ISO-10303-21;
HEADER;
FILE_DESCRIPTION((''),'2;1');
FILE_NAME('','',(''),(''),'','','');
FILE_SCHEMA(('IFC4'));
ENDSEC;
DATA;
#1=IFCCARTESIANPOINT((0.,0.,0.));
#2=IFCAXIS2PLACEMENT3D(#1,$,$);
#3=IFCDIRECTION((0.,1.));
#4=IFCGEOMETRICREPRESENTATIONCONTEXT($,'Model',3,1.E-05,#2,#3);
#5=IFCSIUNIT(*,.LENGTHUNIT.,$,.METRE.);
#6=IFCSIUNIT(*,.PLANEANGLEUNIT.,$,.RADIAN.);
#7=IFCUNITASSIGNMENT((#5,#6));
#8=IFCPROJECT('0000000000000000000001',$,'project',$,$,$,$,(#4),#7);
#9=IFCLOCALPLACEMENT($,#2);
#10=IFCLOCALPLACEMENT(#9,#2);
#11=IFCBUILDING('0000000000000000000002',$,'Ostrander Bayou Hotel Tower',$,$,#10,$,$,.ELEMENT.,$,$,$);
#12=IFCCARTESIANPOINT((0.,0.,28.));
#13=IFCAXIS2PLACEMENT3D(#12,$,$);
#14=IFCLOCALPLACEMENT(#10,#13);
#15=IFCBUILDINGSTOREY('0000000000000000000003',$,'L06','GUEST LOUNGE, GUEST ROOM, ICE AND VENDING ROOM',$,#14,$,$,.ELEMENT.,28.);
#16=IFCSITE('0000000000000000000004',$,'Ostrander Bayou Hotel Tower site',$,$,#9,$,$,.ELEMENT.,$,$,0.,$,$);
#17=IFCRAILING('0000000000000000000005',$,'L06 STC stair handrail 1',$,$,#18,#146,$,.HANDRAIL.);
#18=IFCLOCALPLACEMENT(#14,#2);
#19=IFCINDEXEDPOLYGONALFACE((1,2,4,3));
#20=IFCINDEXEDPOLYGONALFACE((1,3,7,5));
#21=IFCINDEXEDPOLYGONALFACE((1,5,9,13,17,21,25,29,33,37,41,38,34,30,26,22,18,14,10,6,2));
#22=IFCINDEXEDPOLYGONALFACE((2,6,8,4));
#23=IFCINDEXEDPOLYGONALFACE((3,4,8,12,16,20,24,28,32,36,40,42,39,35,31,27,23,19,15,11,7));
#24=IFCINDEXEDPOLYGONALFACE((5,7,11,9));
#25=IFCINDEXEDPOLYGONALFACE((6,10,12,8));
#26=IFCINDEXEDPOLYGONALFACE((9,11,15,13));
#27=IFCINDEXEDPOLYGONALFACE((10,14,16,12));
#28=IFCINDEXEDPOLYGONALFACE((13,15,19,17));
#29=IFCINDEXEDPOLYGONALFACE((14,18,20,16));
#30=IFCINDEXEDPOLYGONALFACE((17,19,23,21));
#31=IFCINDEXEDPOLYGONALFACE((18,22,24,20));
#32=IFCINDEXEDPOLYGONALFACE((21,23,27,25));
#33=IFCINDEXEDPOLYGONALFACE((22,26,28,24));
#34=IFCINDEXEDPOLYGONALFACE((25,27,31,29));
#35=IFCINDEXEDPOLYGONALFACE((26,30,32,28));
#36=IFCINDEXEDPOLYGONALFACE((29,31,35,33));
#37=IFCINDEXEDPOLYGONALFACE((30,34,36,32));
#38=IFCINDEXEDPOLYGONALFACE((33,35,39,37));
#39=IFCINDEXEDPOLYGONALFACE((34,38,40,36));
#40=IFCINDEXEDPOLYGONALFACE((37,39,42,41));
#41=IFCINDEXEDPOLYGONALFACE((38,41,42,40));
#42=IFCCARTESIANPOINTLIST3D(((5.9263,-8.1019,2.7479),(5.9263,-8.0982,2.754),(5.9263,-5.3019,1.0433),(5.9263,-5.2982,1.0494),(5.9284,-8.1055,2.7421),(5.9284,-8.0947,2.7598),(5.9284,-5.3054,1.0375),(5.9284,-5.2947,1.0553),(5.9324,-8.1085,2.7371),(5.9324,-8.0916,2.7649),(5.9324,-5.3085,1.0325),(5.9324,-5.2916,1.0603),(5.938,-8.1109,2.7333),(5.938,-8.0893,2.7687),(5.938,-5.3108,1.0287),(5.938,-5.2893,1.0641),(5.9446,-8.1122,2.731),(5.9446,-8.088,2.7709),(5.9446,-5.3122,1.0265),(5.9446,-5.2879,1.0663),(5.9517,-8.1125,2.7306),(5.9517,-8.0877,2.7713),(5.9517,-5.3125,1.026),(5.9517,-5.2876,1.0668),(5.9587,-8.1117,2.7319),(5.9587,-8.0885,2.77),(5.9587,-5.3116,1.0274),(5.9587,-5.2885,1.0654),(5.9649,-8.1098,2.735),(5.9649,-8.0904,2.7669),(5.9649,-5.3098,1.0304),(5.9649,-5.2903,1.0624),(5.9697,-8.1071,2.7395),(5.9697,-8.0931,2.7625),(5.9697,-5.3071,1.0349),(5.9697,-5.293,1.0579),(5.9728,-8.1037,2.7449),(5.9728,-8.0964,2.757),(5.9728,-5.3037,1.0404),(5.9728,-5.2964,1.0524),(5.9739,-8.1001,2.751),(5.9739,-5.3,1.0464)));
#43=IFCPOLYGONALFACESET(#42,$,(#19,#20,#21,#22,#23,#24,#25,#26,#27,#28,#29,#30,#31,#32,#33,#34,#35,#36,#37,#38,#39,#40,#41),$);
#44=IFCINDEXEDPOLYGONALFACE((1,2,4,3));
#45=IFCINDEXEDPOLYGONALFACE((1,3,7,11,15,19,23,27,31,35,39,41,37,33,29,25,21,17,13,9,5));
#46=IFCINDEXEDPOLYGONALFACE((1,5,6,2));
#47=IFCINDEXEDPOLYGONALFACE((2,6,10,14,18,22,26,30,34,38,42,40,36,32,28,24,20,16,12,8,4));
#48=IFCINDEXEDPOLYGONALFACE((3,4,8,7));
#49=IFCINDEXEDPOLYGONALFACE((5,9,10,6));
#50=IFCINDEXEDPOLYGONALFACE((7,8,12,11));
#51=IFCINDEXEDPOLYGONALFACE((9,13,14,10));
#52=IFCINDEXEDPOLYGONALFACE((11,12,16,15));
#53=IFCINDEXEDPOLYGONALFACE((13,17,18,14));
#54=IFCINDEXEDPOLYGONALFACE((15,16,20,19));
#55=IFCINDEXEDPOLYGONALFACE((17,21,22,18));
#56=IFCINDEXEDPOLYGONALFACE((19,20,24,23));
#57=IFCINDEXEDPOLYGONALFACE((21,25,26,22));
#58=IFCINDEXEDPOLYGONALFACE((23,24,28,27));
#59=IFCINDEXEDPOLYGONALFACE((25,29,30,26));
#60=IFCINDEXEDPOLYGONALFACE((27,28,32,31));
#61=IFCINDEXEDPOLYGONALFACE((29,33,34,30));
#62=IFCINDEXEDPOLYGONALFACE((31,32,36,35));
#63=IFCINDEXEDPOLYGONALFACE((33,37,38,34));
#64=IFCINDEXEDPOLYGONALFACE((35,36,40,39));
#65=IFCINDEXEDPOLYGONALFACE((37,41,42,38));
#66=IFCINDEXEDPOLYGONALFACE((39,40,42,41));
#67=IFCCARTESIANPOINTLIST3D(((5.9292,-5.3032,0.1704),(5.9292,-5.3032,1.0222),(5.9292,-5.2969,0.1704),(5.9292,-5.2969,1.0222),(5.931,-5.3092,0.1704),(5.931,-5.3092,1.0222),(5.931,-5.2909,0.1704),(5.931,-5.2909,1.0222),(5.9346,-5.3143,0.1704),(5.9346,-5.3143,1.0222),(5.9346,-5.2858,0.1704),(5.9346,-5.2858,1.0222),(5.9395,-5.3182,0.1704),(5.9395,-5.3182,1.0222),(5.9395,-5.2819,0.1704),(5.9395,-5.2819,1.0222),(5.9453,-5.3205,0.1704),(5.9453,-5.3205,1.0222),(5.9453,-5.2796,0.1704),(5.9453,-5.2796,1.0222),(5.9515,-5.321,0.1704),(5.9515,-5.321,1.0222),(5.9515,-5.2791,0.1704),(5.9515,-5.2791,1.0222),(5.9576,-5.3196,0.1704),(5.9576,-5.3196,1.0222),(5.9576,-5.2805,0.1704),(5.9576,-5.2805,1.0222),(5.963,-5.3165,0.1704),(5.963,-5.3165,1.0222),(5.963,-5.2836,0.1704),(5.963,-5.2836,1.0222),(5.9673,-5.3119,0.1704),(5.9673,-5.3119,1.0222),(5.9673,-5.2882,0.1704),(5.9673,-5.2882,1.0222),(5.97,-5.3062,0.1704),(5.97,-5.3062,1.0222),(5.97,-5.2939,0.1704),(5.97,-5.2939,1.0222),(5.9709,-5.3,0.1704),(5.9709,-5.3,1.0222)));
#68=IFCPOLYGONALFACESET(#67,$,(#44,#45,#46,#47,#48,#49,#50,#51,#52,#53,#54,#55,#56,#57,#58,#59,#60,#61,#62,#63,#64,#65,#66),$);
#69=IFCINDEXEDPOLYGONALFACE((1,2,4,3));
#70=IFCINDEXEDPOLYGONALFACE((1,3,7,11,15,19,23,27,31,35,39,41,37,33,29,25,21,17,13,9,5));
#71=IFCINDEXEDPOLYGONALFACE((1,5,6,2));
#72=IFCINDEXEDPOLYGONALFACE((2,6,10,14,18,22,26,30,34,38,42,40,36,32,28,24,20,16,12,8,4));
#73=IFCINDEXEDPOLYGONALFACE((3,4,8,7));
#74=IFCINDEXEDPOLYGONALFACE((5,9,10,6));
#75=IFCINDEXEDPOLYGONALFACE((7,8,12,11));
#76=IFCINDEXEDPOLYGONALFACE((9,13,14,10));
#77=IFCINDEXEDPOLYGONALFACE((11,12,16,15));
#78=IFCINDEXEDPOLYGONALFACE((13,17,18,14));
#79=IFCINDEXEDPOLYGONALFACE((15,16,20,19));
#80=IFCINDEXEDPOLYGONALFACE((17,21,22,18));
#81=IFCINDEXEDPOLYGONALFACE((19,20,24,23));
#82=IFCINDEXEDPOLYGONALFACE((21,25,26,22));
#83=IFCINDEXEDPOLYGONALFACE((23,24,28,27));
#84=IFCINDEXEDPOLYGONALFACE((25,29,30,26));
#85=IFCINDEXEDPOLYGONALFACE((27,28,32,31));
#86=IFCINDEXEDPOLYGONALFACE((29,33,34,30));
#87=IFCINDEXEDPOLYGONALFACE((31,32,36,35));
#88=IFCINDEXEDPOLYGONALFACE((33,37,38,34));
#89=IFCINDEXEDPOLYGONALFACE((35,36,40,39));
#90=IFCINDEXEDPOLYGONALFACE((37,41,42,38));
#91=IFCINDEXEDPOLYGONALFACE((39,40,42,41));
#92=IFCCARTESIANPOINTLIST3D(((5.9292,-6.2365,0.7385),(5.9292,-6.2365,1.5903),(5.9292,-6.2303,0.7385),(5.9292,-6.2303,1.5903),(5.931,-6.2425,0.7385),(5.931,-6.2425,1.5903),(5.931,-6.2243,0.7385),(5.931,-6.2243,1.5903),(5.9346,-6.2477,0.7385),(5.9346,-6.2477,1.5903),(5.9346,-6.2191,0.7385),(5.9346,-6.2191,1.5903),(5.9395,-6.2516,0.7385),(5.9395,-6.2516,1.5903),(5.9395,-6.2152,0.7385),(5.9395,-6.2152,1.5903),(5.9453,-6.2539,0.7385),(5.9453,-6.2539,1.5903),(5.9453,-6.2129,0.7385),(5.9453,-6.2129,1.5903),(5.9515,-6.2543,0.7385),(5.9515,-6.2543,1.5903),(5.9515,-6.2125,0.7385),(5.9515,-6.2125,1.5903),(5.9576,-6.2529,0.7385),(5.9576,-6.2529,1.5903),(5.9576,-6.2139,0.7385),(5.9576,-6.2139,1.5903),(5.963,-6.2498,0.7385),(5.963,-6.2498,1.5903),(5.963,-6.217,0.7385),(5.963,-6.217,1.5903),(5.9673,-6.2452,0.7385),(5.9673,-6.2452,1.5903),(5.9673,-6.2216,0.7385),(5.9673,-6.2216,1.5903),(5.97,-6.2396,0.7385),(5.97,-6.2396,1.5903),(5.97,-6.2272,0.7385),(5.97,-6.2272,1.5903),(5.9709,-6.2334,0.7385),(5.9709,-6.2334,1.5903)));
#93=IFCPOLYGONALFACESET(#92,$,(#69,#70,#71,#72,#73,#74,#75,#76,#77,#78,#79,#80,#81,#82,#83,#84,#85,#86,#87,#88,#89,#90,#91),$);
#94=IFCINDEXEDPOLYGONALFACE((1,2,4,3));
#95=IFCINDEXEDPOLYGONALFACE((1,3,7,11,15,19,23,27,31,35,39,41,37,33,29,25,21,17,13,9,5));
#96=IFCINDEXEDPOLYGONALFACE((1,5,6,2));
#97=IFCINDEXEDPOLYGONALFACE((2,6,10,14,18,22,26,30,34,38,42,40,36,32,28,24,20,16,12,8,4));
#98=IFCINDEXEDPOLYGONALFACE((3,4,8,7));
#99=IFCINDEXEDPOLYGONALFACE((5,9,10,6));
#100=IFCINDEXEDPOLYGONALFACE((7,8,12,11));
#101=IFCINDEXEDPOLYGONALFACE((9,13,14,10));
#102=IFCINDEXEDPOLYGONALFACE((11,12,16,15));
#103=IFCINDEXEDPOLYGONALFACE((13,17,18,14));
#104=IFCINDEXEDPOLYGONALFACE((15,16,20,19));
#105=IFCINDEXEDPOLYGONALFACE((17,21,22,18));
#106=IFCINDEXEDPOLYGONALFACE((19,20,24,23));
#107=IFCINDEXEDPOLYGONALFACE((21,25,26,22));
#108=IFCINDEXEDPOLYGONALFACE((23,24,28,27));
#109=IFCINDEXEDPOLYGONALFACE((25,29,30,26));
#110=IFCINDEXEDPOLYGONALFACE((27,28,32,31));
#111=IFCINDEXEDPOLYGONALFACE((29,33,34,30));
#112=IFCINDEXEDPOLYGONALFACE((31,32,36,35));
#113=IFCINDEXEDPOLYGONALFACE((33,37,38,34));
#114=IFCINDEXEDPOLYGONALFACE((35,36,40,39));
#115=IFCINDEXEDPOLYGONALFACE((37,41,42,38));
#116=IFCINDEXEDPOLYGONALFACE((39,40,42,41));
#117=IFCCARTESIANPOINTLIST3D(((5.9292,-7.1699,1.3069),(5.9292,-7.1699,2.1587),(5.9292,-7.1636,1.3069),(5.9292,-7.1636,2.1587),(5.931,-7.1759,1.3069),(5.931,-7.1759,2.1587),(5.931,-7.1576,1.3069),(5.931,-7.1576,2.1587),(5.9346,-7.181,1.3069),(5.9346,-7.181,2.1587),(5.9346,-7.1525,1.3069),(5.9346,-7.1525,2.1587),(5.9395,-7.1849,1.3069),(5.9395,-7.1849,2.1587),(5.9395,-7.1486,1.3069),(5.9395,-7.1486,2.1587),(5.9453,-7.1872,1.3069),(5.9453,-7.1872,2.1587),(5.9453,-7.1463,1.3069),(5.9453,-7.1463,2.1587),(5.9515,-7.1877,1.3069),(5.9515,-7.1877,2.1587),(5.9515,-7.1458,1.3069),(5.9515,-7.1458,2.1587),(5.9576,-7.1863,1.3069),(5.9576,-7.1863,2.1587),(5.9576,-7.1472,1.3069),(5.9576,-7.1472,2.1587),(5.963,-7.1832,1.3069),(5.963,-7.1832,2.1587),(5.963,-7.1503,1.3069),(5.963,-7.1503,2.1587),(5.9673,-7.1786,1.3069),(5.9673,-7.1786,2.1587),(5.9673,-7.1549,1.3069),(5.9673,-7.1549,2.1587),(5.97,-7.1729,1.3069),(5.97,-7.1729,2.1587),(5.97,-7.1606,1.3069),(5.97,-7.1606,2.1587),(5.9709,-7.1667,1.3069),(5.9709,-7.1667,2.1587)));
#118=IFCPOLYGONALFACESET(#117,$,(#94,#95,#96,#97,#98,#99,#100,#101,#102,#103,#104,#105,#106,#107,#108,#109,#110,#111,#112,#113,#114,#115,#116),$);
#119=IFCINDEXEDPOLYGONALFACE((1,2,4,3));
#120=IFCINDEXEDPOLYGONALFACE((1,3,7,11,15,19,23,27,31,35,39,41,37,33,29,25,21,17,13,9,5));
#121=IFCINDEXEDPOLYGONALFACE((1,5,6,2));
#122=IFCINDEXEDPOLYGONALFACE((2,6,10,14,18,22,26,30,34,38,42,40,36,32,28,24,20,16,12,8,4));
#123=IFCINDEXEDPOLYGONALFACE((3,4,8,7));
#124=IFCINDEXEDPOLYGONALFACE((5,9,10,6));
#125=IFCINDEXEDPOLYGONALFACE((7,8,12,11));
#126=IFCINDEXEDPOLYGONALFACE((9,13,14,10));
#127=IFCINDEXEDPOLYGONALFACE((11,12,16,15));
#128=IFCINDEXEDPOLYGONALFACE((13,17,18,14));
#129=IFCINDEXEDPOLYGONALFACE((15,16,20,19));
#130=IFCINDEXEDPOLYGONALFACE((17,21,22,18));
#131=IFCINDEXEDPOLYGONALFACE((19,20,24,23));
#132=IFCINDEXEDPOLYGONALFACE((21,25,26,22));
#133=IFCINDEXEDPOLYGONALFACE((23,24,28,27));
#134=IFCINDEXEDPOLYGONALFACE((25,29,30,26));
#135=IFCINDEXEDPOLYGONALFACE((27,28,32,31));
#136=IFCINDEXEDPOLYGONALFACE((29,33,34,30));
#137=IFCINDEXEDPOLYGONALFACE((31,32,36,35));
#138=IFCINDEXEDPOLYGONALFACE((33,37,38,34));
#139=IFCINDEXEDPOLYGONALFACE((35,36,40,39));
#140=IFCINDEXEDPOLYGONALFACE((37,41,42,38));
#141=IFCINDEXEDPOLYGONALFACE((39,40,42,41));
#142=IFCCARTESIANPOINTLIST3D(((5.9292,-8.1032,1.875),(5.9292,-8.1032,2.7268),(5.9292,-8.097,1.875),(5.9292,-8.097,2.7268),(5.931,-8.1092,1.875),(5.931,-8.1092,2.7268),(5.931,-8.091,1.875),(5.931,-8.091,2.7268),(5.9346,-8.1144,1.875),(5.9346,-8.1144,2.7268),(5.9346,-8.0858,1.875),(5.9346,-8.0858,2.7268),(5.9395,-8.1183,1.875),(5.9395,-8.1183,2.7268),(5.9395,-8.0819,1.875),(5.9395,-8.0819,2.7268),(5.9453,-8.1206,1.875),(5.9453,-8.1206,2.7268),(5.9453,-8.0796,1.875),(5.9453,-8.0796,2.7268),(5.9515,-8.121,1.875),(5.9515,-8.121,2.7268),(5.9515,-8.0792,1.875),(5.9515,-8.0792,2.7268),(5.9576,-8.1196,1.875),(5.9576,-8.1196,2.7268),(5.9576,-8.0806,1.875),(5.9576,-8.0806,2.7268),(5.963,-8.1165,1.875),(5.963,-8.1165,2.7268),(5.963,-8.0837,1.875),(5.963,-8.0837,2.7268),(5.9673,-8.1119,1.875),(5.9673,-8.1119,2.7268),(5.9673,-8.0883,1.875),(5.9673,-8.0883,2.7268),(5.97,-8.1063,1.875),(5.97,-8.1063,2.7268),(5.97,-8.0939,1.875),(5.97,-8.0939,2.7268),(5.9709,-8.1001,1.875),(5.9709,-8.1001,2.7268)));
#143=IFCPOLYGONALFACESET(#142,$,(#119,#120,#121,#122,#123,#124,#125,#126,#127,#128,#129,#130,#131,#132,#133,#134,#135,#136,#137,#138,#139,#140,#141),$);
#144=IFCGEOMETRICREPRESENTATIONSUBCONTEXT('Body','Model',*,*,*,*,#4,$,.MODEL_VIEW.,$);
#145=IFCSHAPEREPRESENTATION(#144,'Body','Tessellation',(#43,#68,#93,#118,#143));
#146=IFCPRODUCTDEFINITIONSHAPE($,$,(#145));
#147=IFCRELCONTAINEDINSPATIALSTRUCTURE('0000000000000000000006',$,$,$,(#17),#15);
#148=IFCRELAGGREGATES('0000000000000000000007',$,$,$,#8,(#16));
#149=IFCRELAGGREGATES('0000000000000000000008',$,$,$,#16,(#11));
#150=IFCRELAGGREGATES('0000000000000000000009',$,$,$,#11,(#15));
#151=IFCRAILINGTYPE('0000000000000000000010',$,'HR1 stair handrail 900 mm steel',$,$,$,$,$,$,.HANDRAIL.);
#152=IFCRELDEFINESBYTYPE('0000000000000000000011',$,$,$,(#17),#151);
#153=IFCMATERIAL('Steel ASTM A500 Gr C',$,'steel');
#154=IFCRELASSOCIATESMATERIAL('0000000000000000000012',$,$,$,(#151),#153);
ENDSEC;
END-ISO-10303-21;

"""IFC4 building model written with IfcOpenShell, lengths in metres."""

from ifc_helpers import new_model, si_unit, direction, frame, origin, origin_2d, place, context, subcontext, project, spatial, circle, extrude, material, type_object, element, save


model = new_model("IFC4")

# Units and contexts
model_context = context("Model", 3, precision=1e-05, world=origin(), true_north=direction((0.0, 1.0)))
body_context = subcontext(model_context, "Body", "Model", "MODEL_VIEW")
ifc_project = project(units=[si_unit("LENGTHUNIT", "METRE"), si_unit("PLANEANGLEUNIT", "RADIAN")], contexts=[model_context])

# Site, building, storey
site_placement = place(None, origin())
site = spatial("IfcSite", under=ifc_project, at=site_placement, Name="Ostrander Bayou Hotel Tower site", CompositionType="ELEMENT", RefElevation=0.0)
building_placement = place(site_placement, origin())
building = spatial("IfcBuilding", under=site, at=building_placement, Name="Ostrander Bayou Hotel Tower", CompositionType="ELEMENT")
storey_placement = place(building_placement, frame((0.0, 0.0, 28.0)))
storey = spatial("IfcBuildingStorey", under=building, at=storey_placement, Name="L06", Description="GUEST LOUNGE, GUEST ROOM, ICE AND VENDING ROOM", CompositionType="ELEMENT", Elevation=28.0)

# Railing
ifc_material_1 = material(Name="Steel ASTM A500 Gr C", Category="steel")
railing_type = type_object("IfcRailingType", Name="HR1 stair handrail 900 mm steel", PredefinedType="HANDRAIL", material=ifc_material_1)
railing_placement = place(storey_placement, frame((5.95, -5.3, 0.1704)))
element("IfcRailing", 1, at=railing_placement, inside=storey, type_object=railing_type, Name="L06 STC stair handrail 1", PredefinedType="HANDRAIL", context=body_context, shape_type="SweptSolid", body=[
    extrude(circle(Radius=0.0239, at=origin_2d()), frame((0.0, 0.0, 0.876), z_axis=(0.0, -0.85417, 0.519994), x_axis=(1.0, 0.0, 0.0)), (0.0, 0.0, 1.0), 3.2781),
    extrude(circle(Radius=0.021, at=origin_2d()), origin(), (0.0, 0.0, 1.0), 0.8518),
    extrude(circle(Radius=0.021, at=origin_2d()), frame((0.0, -0.9333, 0.5681)), (0.0, 0.0, 1.0), 0.8518),
    extrude(circle(Radius=0.021, at=origin_2d()), frame((0.0, -1.8667, 1.1365)), (0.0, 0.0, 1.0), 0.8518),
    extrude(circle(Radius=0.021, at=origin_2d()), frame((0.0, -2.8, 1.7046)), (0.0, 0.0, 1.0), 0.8518),
])

save(model, "model.ifc")
